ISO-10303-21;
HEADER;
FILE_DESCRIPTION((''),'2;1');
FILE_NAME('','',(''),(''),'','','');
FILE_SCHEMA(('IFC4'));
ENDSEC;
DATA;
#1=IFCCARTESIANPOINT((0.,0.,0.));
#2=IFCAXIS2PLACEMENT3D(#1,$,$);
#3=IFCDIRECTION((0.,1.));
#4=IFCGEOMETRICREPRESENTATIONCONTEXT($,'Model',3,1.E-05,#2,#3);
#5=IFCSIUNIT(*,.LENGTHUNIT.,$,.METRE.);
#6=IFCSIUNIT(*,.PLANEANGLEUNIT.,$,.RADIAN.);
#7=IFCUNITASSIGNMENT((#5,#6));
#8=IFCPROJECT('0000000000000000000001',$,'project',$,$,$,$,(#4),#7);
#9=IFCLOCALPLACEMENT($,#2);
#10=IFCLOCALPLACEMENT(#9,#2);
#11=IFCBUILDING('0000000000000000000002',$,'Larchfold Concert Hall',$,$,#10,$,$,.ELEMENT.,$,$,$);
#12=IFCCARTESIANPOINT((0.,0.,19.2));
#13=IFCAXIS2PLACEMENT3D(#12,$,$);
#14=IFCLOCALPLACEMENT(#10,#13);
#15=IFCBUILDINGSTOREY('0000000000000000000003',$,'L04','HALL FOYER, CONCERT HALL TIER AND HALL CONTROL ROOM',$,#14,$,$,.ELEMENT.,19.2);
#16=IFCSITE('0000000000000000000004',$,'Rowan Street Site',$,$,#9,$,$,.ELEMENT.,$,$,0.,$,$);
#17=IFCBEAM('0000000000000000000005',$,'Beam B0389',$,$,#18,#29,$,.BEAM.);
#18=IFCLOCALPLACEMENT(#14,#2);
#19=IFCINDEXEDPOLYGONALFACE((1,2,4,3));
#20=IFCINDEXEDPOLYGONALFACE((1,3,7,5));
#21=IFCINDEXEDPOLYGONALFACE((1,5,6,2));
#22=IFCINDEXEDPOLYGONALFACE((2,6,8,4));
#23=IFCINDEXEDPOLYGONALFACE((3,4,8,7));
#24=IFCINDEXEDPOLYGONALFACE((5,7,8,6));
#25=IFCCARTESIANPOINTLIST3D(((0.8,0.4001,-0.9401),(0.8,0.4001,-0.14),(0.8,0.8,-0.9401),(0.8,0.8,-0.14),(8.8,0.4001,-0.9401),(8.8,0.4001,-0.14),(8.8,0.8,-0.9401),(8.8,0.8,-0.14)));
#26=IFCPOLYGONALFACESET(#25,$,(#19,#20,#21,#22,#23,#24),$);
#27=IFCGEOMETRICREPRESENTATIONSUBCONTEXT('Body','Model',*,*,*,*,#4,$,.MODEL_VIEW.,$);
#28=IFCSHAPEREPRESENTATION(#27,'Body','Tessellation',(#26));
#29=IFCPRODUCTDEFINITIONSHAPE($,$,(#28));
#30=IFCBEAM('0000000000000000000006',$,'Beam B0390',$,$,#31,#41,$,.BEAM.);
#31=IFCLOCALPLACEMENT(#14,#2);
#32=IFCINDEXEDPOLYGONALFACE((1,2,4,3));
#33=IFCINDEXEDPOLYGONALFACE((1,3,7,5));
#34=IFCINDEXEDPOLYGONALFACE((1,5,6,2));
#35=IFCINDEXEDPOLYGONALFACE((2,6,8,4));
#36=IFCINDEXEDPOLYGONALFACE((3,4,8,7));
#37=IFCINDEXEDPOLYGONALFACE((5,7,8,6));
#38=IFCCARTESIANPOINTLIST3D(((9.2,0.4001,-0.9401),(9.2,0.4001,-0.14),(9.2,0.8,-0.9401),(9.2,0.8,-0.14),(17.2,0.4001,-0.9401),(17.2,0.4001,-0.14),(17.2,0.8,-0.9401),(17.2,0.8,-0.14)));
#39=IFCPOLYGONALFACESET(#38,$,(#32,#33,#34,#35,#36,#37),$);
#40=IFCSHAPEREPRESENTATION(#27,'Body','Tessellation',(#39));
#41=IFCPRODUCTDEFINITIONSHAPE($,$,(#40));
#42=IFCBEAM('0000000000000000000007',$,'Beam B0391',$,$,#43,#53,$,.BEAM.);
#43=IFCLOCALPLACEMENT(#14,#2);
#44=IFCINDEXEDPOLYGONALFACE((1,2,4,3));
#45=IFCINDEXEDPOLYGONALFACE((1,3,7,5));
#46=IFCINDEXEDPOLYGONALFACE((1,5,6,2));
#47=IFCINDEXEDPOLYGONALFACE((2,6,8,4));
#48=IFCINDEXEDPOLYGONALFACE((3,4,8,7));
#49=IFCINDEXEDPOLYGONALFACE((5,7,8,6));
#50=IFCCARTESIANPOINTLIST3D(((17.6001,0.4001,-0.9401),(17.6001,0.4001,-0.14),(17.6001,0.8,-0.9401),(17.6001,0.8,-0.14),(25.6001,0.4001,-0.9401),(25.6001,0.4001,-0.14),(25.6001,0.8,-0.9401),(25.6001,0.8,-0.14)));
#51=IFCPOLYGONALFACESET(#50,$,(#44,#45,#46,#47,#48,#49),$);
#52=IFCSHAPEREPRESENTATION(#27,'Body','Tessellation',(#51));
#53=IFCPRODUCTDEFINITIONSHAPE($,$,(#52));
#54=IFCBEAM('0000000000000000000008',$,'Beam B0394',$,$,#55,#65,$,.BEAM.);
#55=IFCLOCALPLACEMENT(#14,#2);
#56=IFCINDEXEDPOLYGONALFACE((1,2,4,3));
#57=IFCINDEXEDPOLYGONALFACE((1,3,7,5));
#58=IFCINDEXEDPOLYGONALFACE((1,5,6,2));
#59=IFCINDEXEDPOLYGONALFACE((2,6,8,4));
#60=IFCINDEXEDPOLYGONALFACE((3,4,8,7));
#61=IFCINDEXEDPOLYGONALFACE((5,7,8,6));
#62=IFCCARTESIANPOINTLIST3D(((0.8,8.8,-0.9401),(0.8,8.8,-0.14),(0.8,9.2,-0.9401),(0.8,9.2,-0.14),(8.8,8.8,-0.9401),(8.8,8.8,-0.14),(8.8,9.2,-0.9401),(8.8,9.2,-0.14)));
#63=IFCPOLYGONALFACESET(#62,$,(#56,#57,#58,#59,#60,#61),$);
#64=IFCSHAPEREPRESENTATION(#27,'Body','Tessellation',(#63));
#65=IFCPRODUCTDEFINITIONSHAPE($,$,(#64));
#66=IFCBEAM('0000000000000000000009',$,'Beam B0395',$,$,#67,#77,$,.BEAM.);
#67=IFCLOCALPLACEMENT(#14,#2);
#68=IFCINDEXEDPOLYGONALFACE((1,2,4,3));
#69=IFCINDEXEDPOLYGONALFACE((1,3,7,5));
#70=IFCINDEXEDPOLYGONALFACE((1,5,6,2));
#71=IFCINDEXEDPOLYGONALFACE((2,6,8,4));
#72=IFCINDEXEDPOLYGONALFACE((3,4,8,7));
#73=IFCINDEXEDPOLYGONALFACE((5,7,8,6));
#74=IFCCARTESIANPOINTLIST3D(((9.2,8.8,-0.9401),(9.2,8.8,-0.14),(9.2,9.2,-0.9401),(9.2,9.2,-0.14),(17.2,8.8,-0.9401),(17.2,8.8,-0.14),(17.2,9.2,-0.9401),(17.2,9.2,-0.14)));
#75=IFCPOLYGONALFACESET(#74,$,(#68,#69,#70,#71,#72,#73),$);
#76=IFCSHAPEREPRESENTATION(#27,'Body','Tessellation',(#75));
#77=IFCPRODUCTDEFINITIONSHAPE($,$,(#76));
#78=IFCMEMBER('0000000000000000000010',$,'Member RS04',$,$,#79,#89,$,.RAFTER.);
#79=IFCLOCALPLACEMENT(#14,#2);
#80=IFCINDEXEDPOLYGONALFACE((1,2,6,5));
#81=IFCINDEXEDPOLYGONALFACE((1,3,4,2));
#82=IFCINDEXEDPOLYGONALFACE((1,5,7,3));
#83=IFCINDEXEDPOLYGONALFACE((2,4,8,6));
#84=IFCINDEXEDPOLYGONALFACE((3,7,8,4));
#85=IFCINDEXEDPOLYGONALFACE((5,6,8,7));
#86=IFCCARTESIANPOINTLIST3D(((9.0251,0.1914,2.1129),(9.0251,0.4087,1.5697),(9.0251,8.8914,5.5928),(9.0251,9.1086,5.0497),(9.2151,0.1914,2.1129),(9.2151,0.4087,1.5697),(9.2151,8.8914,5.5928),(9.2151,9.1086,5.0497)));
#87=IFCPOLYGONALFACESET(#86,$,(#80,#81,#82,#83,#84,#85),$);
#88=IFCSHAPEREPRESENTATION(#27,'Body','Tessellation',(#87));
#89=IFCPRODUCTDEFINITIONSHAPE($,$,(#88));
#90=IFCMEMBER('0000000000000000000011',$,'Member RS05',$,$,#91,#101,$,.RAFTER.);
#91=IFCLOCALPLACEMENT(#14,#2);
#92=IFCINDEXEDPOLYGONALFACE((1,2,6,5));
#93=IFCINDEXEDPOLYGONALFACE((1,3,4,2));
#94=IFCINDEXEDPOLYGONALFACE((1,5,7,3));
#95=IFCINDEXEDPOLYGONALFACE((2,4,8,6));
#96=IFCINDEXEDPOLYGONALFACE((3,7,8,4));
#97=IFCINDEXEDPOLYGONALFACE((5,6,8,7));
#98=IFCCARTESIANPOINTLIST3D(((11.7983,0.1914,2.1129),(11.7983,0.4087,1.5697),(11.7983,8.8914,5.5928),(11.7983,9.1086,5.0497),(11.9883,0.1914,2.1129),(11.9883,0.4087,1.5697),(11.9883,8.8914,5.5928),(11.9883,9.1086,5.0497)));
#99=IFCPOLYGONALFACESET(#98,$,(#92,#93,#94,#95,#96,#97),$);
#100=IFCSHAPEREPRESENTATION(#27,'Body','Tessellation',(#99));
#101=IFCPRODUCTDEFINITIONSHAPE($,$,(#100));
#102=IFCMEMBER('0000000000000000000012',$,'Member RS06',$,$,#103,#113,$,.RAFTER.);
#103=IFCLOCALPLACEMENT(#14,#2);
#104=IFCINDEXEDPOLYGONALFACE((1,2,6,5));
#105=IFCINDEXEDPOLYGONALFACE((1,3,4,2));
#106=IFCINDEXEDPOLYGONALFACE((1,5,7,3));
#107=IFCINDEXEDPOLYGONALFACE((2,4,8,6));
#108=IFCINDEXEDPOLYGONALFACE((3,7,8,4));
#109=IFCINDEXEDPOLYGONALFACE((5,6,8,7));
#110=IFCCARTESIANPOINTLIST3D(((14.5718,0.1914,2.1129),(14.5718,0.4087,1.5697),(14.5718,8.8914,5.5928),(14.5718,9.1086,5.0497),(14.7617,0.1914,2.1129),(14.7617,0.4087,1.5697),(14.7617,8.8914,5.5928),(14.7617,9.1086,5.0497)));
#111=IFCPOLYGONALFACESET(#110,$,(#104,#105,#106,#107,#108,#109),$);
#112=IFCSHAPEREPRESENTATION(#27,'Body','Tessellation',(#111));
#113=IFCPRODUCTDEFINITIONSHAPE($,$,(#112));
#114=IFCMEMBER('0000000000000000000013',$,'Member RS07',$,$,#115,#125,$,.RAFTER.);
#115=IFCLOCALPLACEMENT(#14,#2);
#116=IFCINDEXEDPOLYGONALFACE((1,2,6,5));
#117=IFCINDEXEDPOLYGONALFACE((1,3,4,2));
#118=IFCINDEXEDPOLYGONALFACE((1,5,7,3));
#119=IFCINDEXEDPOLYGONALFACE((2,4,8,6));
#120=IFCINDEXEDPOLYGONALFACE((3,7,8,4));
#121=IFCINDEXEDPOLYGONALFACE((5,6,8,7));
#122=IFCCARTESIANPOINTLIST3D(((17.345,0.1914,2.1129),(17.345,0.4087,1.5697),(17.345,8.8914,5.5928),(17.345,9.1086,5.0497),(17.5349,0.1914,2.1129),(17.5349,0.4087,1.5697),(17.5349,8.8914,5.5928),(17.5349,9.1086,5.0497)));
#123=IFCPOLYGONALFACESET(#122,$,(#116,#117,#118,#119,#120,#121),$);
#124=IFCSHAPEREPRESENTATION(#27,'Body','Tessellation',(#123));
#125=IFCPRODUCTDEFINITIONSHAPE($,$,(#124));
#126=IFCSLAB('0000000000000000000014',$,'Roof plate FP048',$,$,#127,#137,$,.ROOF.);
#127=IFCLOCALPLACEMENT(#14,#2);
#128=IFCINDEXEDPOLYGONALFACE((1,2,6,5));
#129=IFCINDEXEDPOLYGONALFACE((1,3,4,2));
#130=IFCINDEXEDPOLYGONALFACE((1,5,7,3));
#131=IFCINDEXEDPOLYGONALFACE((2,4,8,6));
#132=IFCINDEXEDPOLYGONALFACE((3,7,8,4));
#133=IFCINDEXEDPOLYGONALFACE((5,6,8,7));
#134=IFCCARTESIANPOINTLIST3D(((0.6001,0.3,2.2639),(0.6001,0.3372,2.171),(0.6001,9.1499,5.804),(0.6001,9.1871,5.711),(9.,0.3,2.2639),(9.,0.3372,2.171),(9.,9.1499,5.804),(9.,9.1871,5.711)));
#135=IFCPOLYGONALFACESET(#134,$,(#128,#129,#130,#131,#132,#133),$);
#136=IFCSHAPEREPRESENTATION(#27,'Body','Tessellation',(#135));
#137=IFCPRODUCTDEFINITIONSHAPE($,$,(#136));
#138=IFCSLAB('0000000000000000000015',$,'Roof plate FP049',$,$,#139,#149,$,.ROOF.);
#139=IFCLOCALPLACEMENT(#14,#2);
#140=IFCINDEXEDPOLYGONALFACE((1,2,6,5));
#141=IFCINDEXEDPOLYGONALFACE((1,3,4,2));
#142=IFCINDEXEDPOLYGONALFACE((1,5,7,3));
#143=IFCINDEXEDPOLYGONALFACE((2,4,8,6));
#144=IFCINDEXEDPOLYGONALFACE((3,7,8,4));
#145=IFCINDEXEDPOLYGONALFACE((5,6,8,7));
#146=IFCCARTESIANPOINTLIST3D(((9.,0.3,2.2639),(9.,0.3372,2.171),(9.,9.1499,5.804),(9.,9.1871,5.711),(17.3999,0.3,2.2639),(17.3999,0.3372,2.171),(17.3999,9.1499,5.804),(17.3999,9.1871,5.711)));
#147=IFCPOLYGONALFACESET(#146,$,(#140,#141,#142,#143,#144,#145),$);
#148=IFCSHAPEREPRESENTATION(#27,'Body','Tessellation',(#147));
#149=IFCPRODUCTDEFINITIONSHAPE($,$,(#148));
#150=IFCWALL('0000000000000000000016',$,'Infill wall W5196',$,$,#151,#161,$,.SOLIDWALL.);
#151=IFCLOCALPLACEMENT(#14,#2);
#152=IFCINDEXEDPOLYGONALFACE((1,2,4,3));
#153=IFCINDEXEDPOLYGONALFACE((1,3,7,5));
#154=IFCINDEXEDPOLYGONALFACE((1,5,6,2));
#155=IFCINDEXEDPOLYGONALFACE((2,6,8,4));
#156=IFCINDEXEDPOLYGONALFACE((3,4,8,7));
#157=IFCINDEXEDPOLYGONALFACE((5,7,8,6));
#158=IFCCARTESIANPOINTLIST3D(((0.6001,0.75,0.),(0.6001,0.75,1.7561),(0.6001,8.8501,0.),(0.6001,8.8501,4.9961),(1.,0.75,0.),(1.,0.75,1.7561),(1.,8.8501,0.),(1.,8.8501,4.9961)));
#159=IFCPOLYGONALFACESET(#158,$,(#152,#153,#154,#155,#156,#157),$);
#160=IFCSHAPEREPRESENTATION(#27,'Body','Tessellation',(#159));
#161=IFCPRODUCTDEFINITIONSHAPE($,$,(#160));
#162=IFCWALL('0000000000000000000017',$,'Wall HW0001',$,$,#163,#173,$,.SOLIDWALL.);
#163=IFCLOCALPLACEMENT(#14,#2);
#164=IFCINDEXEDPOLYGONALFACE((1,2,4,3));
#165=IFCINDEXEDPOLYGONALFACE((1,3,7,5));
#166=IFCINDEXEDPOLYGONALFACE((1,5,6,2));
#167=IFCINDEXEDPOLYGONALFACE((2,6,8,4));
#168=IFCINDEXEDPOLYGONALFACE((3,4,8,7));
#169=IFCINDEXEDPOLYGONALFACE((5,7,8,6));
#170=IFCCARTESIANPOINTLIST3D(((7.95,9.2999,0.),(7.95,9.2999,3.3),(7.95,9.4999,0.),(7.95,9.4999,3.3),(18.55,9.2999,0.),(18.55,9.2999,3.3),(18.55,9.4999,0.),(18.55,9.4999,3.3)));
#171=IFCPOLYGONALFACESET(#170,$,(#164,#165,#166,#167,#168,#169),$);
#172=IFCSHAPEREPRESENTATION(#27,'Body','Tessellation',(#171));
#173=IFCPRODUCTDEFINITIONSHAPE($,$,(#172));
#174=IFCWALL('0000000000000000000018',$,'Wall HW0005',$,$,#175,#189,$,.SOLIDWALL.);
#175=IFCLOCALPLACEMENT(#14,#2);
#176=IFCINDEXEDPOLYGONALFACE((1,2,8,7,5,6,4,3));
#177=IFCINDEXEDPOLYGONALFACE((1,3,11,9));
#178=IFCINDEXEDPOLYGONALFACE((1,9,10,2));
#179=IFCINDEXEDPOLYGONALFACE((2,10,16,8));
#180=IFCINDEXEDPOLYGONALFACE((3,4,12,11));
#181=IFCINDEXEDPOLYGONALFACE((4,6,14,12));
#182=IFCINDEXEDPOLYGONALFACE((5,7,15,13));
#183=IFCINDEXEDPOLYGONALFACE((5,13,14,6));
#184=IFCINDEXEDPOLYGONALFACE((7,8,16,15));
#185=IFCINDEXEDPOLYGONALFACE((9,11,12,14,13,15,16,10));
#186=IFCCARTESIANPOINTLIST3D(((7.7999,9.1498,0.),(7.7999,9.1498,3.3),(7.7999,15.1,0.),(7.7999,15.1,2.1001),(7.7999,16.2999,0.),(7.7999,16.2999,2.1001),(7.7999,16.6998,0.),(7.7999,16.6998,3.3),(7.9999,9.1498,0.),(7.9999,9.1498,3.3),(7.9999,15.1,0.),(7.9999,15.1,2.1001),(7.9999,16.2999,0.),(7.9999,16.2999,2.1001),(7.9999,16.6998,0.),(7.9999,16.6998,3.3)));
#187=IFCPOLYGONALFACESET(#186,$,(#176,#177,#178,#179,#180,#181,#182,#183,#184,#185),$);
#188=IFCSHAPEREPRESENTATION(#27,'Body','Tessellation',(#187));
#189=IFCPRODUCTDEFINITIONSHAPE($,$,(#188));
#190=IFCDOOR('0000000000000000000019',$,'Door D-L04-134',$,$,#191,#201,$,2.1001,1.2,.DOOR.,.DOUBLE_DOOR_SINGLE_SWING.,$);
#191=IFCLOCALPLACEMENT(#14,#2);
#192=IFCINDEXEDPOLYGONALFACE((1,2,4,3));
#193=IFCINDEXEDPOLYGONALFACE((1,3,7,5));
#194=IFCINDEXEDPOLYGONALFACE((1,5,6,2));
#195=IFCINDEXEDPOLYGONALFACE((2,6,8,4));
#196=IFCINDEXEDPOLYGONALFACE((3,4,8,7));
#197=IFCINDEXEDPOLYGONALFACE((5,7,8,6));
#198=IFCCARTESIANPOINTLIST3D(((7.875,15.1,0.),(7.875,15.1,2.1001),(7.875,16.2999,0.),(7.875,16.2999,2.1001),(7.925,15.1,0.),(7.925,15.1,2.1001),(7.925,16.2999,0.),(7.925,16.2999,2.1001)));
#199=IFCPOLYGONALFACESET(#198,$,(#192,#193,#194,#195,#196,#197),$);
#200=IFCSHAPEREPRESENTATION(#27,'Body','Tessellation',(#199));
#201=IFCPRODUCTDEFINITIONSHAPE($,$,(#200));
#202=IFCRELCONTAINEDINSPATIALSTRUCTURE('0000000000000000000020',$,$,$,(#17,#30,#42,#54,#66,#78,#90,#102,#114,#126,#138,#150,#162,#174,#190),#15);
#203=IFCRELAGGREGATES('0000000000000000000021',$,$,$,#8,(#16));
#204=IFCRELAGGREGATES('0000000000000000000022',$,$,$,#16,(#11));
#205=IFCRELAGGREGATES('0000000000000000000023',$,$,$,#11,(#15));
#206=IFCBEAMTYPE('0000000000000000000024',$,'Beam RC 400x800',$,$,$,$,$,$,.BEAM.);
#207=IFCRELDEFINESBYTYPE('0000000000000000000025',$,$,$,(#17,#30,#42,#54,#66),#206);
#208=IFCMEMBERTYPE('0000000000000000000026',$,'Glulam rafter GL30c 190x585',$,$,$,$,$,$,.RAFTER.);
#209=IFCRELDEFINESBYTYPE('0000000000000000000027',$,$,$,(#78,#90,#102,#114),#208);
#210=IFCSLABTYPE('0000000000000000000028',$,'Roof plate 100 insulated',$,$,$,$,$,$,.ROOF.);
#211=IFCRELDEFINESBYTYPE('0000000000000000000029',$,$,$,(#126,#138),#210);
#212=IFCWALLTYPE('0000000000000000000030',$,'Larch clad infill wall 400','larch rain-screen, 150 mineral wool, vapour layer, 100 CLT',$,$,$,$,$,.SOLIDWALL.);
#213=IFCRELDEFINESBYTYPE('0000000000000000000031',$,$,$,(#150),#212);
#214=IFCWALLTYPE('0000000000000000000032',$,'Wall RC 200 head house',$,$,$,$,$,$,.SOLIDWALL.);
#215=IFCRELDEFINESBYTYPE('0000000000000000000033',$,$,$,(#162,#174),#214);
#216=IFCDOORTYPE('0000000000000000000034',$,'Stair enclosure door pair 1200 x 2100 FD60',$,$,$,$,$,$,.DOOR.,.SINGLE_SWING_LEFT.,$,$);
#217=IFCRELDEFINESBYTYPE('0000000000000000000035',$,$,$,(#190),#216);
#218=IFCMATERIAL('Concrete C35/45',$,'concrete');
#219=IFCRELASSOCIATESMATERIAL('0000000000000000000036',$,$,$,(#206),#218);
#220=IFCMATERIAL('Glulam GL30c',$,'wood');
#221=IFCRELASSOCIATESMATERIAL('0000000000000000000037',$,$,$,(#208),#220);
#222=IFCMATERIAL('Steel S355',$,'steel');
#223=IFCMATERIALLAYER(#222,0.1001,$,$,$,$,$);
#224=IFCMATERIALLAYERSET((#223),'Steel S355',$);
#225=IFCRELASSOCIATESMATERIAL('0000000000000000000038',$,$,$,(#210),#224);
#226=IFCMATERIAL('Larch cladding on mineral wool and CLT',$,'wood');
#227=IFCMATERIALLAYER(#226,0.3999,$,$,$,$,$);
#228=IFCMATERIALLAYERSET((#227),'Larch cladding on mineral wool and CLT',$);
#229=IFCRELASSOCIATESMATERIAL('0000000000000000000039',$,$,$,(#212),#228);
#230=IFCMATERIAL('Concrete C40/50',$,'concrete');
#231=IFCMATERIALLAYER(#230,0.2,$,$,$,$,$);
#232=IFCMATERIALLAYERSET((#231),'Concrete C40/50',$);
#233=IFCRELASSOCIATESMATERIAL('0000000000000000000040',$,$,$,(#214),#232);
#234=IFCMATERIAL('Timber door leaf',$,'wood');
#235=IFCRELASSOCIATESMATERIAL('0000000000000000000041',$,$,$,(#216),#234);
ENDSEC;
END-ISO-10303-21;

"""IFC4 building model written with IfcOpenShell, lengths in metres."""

from ifc_helpers import new_model, si_unit, direction, frame, frame_2d, origin, origin_2d, place, context, subcontext, project, spatial, polyline, rectangle, outline, extrude, material, layer, layer_set, material_profile, profile_set, type_object, element, fill, save


model = new_model("IFC4")

# Units and contexts
model_context = context("Model", 3, precision=1e-05, world=origin(), true_north=direction((0.0, 1.0)))
body_context = subcontext(model_context, "Body", "Model", "MODEL_VIEW")
ifc_project = project(units=[si_unit("LENGTHUNIT", "METRE"), si_unit("PLANEANGLEUNIT", "RADIAN")], contexts=[model_context])

# Site, building, storey
site_placement = place(None, origin())
site = spatial("IfcSite", under=ifc_project, at=site_placement, Name="Rowan Street Site", CompositionType="ELEMENT", RefElevation=0.0)
building_placement = place(site_placement, origin())
building = spatial("IfcBuilding", under=site, at=building_placement, Name="Larchfold Concert Hall", CompositionType="ELEMENT")
storey_placement = place(building_placement, frame((0.0, 0.0, 19.2)))
storey = spatial("IfcBuildingStorey", under=building, at=storey_placement, Name="L04", Description="HALL FOYER, CONCERT HALL TIER AND HALL CONTROL ROOM", CompositionType="ELEMENT", Elevation=19.2)

# Beams
ifc_material_1 = material(Name="Concrete C35/45", Category="concrete")
ifc_material_profile_1 = material_profile(ifc_material_1, rectangle(XDim=0.3999, YDim=0.8, at=origin_2d()))
ifc_profile_set_1 = profile_set([ifc_material_profile_1], Name="Concrete C35/45")
beam_type_1 = type_object("IfcBeamType", Name="Beam RC 400x800", PredefinedType="BEAM", material=ifc_profile_set_1)
for number, where, z_axis, x_axis, name in (
    (1, (0.8, 0.6001, -0.54), (1.0, 0.0, 0.0), (0.0, 1.0, 0.0), "Beam B0389"),
    (2, (9.2, 0.6001, -0.54), (1.0, 0.0, 0.0), (0.0, 1.0, 0.0), "Beam B0390"),
    (3, (17.6001, 0.6001, -0.54), (1.0, 0.0, 0.0), (0.0, 1.0, 0.0), "Beam B0391"),
    (4, (0.8, 9.0, -0.54), (1.0, 0.0, 0.0), (0.0, 1.0, 0.0), "Beam B0394"),
    (5, (9.2, 9.0, -0.54), (1.0, 0.0, 0.0), (0.0, 1.0, 0.0), "Beam B0395"),
):
    element("IfcBeam", number, at=place(storey_placement, frame(where, z_axis=z_axis, x_axis=x_axis)), inside=storey, type_object=beam_type_1, Name=name, PredefinedType="BEAM", context=body_context, shape_type="SweptSolid", body=[
        extrude(rectangle(XDim=0.3999, YDim=0.8, at=origin_2d()), origin(), (0.0, 0.0, 1.0), 8.0),
    ])

# Members
ifc_material_2 = material(Name="Glulam GL30c", Category="wood")
ifc_material_profile_2 = material_profile(ifc_material_2, rectangle(XDim=0.1899, YDim=0.585, at=origin_2d()))
ifc_profile_set_2 = profile_set([ifc_material_profile_2], Name="Glulam GL30c")
member_type = type_object("IfcMemberType", Name="Glulam rafter GL30c 190x585", PredefinedType="RAFTER", material=ifc_profile_set_2)
for number, where, z_axis, x_axis, name in (
    (6, (9.1201, 0.3, 1.8413), (0.0, 0.928477, 0.371391), (-1.0, 0.0, 0.0), "Member RS04"),
    (7, (11.8933, 0.3, 1.8413), (0.0, 0.928477, 0.371391), (-1.0, 0.0, 0.0), "Member RS05"),
    (8, (14.6667, 0.3, 1.8413), (0.0, 0.928477, 0.371391), (-1.0, 0.0, 0.0), "Member RS06"),
    (9, (17.4399, 0.3, 1.8413), (0.0, 0.928477, 0.371391), (-1.0, 0.0, 0.0), "Member RS07"),
):
    element("IfcMember", number, at=place(storey_placement, frame(where, z_axis=z_axis, x_axis=x_axis)), inside=storey, type_object=member_type, Name=name, PredefinedType="RAFTER", context=body_context, shape_type="SweptSolid", body=[
        extrude(rectangle(XDim=0.1899, YDim=0.585, at=origin_2d()), origin(), (0.0, 0.0, 1.0), 9.3701),
    ])

# Slabs
ifc_material_3 = material(Name="Steel S355", Category="steel")
ifc_layer_1 = layer(ifc_material_3, 0.1001)
ifc_layer_set_1 = layer_set([ifc_layer_1], Name="Steel S355")
slab_type = type_object("IfcSlabType", Name="Roof plate 100 insulated", PredefinedType="ROOF", material=ifc_layer_set_1)
for number, where, z_axis, x_axis, name in (
    (10, (9.0, 0.3, 2.2639), (0.0, -0.3714, 0.928473), (0.0, 0.928473, 0.3714), "Roof plate FP048"),
    (11, (17.3999, 0.3, 2.2639), (0.0, -0.3714, 0.928473), (0.0, 0.928473, 0.3714), "Roof plate FP049"),
):
    element("IfcSlab", number, at=place(storey_placement, frame(where, z_axis=z_axis, x_axis=x_axis)), inside=storey, type_object=slab_type, Name=name, PredefinedType="ROOF", context=body_context, shape_type="SweptSolid", body=[
        extrude(outline(polyline([(0.0, 0.0), (9.5316, 0.0), (9.5316, 8.3999), (0.0, 8.3999), (0.0, 0.0)])), origin(), (0.0, 0.0, -1.0), 0.1001),
    ])

# Walls
ifc_material_4 = material(Name="Larch cladding on mineral wool and CLT", Category="wood")
ifc_layer_2 = layer(ifc_material_4, 0.3999)
ifc_layer_set_2 = layer_set([ifc_layer_2], Name="Larch cladding on mineral wool and CLT")
wall_type_1 = type_object("IfcWallType", Name="Larch clad infill wall 400", Description="larch rain-screen, 150 mineral wool, vapour layer, 100 CLT", PredefinedType="SOLIDWALL", material=ifc_layer_set_2)
wall_1_placement = place(storey_placement, frame((0.8, 0.75, 0.0), z_axis=(0.0, 0.0, 1.0), x_axis=(0.0, 1.0, 0.0)))
element("IfcWall", 12, at=wall_1_placement, inside=storey, type_object=wall_type_1, Name="Infill wall W5196", PredefinedType="SOLIDWALL", context=body_context, shape_type="SweptSolid", body=[
    extrude(outline(polyline([(0.0, 0.0), (8.1001, 0.0), (8.1001, 4.9961), (0.0, 1.7561), (0.0, 0.0)])), frame((0.0, 0.2, 0.0), z_axis=(0.0, -1.0, 0.0), x_axis=(1.0, 0.0, 0.0)), (0.0, 0.0, 1.0), 0.3999),
])
ifc_material_5 = material(Name="Concrete C40/50", Category="concrete")
ifc_layer_3 = layer(ifc_material_5, 0.2)
ifc_layer_set_3 = layer_set([ifc_layer_3], Name="Concrete C40/50")
wall_type_2 = type_object("IfcWallType", Name="Wall RC 200 head house", PredefinedType="SOLIDWALL", material=ifc_layer_set_3)
wall_2_placement = place(storey_placement, frame((7.95, 9.3999, 0.0), z_axis=(0.0, 0.0, 1.0), x_axis=(1.0, 0.0, 0.0)))
element("IfcWall", 13, at=wall_2_placement, inside=storey, type_object=wall_type_2, Name="Wall HW0001", PredefinedType="SOLIDWALL", context=body_context, shape_type="SweptSolid", body=[
    extrude(rectangle(XDim=10.6001, YDim=0.2, at=frame_2d((5.3, 0.0))), origin(), (0.0, 0.0, 1.0), 3.3),
])

# Wall, opening, door
wall_3_placement = place(storey_placement, frame((7.8999, 9.1499, 0.0), z_axis=(0.0, 0.0, 1.0), x_axis=(0.0, 1.0, 0.0)))
wall_3 = element("IfcWall", 14, at=wall_3_placement, inside=storey, type_object=wall_type_2, Name="Wall HW0005", PredefinedType="SOLIDWALL", context=body_context, shape_type="SweptSolid", body=[
    extrude(rectangle(XDim=7.55, YDim=0.2, at=frame_2d((3.7749, 0.0))), origin(), (0.0, 0.0, 1.0), 3.3),
])
opening_placement = place(wall_3_placement, frame((5.95, 0.0, 0.0)))
opening = element("IfcOpeningElement", 15, at=opening_placement, cuts=wall_3, PredefinedType="OPENING", context=body_context, shape_type="SweptSolid", body=[
    extrude(rectangle(XDim=1.2, YDim=2.1001, at=frame_2d((0.6001, 1.05))), frame((0.0, 0.1099, 0.0), z_axis=(0.0, -1.0, 0.0), x_axis=(1.0, 0.0, 0.0)), (0.0, 0.0, 1.0), 0.22),
])
ifc_material_6 = material(Name="Timber door leaf", Category="wood")
door_type = type_object("IfcDoorType", Name="Stair enclosure door pair 1200 x 2100 FD60", OperationType="SINGLE_SWING_LEFT", PredefinedType="DOOR", material=ifc_material_6)
door_placement = place(opening_placement, origin())
door = element("IfcDoor", 16, at=door_placement, inside=storey, type_object=door_type, Name="Door D-L04-134", OperationType="DOUBLE_DOOR_SINGLE_SWING", OverallHeight=2.1001, OverallWidth=1.2, PredefinedType="DOOR", context=body_context, shape_type="SweptSolid", body=[
    extrude(rectangle(XDim=1.2, YDim=2.1001, at=frame_2d((0.6001, 1.05))), frame((0.0, 0.0249, 0.0), z_axis=(0.0, -1.0, 0.0), x_axis=(1.0, 0.0, 0.0)), (0.0, 0.0, 1.0), 0.05),
])
fill(opening, door)

save(model, "model.ifc")
